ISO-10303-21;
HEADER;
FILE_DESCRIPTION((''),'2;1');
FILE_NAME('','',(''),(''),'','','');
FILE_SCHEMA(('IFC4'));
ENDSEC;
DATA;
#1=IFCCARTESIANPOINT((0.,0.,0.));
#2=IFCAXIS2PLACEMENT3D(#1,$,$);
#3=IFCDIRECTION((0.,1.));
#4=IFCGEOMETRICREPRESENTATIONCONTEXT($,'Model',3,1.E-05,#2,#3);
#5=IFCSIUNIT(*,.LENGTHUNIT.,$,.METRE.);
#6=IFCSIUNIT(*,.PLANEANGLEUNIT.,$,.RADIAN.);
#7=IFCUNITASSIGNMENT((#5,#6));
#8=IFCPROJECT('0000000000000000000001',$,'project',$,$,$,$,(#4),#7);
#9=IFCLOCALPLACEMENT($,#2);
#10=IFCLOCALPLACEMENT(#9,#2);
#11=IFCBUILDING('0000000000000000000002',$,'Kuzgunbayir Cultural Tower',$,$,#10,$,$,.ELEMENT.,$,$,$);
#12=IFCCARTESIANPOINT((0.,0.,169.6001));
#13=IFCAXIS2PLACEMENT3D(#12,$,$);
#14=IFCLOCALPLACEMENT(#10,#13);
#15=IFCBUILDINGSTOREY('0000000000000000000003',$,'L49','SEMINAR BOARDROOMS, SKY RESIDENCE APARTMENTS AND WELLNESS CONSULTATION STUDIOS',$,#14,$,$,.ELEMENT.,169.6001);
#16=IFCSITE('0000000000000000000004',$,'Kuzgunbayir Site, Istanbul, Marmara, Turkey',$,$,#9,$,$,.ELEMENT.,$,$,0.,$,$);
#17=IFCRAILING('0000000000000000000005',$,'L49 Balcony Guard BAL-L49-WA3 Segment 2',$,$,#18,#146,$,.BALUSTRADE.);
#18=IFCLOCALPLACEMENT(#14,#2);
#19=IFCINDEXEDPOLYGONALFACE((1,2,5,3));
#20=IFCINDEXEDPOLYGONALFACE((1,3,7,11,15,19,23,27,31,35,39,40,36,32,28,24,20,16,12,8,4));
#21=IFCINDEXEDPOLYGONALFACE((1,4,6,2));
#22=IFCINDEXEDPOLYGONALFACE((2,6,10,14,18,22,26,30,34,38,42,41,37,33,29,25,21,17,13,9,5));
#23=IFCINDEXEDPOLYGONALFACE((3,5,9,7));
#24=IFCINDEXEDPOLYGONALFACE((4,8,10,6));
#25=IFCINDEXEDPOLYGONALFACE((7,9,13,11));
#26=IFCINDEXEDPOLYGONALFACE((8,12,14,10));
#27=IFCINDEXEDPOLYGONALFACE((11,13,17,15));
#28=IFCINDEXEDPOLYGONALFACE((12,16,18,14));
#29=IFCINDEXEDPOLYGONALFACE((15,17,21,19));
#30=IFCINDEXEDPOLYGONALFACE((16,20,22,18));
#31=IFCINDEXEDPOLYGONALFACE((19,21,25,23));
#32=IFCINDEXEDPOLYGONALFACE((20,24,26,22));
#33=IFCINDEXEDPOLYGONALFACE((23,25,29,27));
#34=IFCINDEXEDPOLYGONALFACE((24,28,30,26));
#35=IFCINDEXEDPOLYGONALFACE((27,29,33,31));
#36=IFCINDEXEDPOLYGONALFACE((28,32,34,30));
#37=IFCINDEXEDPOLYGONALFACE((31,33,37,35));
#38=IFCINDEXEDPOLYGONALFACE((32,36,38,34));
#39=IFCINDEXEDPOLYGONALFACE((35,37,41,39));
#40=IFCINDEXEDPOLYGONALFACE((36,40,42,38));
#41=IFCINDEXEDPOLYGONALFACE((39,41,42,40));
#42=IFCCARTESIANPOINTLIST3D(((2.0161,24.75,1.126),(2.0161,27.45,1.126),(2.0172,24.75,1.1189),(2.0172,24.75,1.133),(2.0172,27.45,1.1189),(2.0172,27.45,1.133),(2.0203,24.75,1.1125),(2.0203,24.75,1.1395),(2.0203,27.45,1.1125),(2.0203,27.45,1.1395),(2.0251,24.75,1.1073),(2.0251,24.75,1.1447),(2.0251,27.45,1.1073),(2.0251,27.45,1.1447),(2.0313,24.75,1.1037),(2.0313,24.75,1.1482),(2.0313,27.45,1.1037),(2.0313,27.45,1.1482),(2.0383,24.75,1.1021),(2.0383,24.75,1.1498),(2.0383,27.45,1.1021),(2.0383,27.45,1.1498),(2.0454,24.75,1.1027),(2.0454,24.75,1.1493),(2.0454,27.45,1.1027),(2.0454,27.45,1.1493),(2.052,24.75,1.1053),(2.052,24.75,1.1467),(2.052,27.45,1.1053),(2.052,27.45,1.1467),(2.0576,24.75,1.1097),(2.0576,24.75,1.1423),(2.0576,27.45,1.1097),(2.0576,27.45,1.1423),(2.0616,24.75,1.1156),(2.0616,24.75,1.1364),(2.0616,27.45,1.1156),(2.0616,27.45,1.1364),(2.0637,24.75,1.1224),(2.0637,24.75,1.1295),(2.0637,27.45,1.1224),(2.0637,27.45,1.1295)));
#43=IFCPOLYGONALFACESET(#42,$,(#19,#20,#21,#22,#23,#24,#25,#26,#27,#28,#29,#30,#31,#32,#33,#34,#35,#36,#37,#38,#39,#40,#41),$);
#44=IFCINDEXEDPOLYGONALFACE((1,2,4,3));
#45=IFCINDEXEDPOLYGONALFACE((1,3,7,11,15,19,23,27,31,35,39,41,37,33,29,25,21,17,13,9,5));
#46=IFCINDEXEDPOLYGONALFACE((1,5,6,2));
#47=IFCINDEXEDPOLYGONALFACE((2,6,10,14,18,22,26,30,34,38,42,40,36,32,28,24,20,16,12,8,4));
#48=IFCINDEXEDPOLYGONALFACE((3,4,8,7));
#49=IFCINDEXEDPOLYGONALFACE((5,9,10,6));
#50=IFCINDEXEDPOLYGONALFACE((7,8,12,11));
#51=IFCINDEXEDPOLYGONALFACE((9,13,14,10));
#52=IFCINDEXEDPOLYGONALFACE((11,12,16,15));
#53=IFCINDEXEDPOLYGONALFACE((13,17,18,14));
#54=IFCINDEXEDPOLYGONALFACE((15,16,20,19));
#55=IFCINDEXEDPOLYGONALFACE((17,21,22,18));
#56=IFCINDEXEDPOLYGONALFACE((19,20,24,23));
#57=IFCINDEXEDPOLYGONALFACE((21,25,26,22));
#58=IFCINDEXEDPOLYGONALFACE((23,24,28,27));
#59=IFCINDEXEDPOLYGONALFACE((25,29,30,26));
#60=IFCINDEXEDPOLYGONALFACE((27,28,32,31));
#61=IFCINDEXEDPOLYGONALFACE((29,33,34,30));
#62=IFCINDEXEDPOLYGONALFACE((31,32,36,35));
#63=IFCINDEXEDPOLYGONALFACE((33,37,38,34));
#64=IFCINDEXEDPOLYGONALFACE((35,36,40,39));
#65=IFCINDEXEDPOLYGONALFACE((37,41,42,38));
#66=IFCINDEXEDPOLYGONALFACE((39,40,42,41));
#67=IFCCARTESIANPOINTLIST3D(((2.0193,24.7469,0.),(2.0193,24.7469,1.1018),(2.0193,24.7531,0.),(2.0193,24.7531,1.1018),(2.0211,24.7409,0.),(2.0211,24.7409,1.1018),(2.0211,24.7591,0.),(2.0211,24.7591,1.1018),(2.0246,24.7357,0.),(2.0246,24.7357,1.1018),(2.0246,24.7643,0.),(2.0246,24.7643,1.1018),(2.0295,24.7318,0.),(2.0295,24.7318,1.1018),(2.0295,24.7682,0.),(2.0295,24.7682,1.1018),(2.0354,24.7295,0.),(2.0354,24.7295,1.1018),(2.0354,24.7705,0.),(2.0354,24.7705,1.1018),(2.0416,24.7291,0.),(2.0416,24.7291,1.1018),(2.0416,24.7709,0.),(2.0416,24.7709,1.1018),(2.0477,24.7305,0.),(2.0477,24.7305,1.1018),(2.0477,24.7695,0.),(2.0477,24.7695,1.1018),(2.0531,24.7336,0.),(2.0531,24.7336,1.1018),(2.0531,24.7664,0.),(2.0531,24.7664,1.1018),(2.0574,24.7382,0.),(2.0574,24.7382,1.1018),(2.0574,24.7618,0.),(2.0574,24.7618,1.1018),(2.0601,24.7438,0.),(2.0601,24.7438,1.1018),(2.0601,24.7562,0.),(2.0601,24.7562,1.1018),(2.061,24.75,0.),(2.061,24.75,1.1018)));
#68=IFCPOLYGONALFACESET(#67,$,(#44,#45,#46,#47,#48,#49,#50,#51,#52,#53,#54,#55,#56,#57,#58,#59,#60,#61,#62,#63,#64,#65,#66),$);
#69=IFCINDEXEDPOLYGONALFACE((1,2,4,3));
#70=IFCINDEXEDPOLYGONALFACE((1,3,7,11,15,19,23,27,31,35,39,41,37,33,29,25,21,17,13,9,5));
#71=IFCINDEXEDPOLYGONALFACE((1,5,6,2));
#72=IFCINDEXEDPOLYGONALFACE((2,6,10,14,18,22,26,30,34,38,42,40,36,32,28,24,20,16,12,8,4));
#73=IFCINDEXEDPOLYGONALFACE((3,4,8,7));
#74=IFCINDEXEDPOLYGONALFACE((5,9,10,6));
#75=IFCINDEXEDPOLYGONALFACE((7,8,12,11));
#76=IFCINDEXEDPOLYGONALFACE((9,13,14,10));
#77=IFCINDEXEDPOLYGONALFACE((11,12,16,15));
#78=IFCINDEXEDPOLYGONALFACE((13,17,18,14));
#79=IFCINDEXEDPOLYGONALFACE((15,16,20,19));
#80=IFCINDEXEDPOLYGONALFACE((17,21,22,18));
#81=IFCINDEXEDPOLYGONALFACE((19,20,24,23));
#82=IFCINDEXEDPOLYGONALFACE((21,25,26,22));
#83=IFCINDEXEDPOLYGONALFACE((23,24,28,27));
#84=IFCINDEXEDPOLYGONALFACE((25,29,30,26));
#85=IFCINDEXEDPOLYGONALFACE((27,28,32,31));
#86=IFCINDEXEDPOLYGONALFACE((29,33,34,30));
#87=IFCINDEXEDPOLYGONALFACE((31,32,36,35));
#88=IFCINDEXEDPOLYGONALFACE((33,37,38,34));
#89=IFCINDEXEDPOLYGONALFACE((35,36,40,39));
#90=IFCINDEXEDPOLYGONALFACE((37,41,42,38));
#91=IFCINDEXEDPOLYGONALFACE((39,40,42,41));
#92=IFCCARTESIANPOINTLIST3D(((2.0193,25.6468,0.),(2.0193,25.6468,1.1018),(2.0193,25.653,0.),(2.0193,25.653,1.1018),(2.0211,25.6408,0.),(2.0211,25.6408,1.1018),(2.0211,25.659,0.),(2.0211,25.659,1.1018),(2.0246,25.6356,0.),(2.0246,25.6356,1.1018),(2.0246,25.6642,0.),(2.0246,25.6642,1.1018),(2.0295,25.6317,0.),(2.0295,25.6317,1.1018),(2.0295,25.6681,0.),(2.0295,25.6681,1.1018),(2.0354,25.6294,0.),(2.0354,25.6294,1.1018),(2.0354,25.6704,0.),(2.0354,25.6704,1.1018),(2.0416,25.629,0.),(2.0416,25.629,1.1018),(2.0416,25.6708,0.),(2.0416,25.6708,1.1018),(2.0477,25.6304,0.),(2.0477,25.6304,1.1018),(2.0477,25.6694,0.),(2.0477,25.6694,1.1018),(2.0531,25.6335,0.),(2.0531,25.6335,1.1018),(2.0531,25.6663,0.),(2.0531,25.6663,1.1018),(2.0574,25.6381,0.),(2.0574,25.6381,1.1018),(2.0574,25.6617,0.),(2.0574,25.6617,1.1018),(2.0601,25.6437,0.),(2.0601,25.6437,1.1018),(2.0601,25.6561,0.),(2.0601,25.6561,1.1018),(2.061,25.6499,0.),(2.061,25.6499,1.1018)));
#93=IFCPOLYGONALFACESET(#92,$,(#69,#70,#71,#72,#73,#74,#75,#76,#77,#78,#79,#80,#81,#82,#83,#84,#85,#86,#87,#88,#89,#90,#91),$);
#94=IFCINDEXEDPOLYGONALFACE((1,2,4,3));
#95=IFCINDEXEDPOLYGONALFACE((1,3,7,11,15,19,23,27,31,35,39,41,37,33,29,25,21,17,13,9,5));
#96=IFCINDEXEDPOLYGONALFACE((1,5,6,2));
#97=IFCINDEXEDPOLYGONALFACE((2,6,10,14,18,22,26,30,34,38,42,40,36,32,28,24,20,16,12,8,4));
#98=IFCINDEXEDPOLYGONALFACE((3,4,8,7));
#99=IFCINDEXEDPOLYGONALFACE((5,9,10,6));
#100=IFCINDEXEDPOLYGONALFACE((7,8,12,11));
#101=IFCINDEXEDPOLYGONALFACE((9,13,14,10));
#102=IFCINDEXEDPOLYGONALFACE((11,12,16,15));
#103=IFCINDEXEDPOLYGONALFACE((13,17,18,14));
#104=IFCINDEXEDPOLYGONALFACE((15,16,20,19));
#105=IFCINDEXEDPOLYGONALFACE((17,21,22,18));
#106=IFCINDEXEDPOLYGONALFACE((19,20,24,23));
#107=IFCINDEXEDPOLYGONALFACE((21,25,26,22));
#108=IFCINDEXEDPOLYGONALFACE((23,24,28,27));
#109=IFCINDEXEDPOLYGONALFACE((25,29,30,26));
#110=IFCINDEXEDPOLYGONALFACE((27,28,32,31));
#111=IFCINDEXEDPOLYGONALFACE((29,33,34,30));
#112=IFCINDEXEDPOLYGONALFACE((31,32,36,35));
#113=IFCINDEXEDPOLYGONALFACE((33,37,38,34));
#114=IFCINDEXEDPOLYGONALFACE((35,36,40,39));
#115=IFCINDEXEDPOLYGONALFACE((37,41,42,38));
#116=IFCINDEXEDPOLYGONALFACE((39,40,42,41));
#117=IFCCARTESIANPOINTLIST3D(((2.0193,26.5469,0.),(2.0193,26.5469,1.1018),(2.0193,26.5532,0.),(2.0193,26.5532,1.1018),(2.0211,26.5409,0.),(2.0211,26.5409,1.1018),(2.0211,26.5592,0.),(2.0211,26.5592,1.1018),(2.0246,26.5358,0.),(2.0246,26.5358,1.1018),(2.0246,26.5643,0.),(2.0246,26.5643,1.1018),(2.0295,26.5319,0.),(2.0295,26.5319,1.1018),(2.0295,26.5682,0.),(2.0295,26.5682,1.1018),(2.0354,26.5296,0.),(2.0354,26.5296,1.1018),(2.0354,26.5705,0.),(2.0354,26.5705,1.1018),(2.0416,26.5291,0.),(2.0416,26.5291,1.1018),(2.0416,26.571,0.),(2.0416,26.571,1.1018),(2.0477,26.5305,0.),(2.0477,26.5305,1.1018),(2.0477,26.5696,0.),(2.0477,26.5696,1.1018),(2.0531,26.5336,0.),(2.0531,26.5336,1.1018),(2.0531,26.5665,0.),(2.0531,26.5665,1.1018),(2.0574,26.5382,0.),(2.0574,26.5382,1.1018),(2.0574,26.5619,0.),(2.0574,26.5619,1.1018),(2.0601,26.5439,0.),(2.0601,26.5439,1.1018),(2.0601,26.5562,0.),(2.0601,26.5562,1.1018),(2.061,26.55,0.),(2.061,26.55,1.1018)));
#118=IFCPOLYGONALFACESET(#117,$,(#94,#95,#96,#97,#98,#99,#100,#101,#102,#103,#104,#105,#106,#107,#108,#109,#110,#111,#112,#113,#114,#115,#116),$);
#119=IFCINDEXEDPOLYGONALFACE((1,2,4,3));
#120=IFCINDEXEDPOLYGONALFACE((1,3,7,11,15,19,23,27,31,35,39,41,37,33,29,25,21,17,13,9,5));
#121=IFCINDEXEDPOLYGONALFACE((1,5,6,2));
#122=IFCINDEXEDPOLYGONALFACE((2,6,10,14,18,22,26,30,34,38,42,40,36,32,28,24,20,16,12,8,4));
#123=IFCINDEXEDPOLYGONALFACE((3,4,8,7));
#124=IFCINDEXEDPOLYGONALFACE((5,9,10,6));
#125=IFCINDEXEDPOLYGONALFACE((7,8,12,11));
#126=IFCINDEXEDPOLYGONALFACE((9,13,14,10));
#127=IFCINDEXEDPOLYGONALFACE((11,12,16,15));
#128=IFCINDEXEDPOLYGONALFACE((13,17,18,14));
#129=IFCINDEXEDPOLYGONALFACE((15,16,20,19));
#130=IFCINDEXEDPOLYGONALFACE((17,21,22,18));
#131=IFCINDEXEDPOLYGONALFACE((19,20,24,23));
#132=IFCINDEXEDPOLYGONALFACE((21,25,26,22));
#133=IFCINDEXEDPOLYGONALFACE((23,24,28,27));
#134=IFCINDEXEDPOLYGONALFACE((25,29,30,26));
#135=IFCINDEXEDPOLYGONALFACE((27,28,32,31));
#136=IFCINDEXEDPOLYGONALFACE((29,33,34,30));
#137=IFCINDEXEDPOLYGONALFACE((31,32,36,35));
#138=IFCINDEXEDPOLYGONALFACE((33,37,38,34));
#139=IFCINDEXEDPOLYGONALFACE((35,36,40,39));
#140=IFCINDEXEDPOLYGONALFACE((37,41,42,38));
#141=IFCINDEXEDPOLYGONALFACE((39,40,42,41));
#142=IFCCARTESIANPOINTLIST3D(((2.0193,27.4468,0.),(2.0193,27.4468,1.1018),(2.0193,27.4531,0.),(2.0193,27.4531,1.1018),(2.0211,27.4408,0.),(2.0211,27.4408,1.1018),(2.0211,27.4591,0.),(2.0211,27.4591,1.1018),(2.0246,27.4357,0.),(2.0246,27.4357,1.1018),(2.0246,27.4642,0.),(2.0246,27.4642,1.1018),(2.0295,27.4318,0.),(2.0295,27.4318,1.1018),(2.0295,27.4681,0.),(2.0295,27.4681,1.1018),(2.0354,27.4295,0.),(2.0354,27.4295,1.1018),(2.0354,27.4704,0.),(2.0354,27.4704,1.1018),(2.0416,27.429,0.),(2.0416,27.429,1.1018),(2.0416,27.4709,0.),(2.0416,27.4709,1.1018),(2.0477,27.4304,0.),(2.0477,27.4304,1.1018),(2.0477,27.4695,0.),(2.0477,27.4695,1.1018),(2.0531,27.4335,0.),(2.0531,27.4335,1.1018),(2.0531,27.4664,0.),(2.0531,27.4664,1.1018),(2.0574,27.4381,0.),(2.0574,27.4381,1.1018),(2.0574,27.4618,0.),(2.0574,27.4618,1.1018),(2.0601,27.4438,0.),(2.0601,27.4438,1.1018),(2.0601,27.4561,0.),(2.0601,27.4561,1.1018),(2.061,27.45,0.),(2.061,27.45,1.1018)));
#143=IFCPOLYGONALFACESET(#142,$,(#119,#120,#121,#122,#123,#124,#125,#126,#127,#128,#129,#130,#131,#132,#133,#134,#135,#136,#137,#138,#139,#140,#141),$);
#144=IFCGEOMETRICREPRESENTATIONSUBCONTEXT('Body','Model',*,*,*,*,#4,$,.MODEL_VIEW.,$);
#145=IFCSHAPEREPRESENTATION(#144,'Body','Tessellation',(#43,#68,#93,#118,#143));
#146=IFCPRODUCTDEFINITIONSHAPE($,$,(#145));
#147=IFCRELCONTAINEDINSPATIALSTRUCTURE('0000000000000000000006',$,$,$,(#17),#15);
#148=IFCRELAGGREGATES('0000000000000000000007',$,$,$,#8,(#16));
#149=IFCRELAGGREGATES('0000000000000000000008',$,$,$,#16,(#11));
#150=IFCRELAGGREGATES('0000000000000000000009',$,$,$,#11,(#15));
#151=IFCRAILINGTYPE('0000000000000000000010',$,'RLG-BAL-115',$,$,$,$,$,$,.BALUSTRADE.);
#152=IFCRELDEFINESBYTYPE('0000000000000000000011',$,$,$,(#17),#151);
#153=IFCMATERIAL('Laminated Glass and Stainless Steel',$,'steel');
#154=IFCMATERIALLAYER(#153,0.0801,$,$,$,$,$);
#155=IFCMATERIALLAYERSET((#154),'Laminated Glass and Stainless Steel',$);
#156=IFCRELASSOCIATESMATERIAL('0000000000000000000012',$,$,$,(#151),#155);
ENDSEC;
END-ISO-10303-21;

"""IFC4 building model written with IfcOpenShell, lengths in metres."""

from ifc_helpers import new_model, si_unit, direction, frame, origin, origin_2d, place, context, subcontext, project, spatial, circle, extrude, material, layer, layer_set, type_object, element, save


model = new_model("IFC4")

# Units and contexts
model_context = context("Model", 3, precision=1e-05, world=origin(), true_north=direction((0.0, 1.0)))
body_context = subcontext(model_context, "Body", "Model", "MODEL_VIEW")
ifc_project = project(units=[si_unit("LENGTHUNIT", "METRE"), si_unit("PLANEANGLEUNIT", "RADIAN")], contexts=[model_context])

# Site, building, storey
site_placement = place(None, origin())
site = spatial("IfcSite", under=ifc_project, at=site_placement, Name="Kuzgunbayir Site, Istanbul, Marmara, Turkey", CompositionType="ELEMENT", RefElevation=0.0)
building_placement = place(site_placement, origin())
building = spatial("IfcBuilding", under=site, at=building_placement, Name="Kuzgunbayir Cultural Tower", CompositionType="ELEMENT")
storey_placement = place(building_placement, frame((0.0, 0.0, 169.6001)))
storey = spatial("IfcBuildingStorey", under=building, at=storey_placement, Name="L49", Description="SEMINAR BOARDROOMS, SKY RESIDENCE APARTMENTS AND WELLNESS CONSULTATION STUDIOS", CompositionType="ELEMENT", Elevation=169.6001)

# Railing
ifc_material_1 = material(Name="Laminated Glass and Stainless Steel", Category="steel")
ifc_layer_1 = layer(ifc_material_1, 0.0801)
ifc_layer_set_1 = layer_set([ifc_layer_1], Name="Laminated Glass and Stainless Steel")
railing_type = type_object("IfcRailingType", Name="RLG-BAL-115", PredefinedType="BALUSTRADE", material=ifc_layer_set_1)
railing_1_placement = place(storey_placement, frame((2.04, 24.75, 0.0)))
element("IfcRailing", 1, at=railing_1_placement, inside=storey, type_object=railing_type, Name="L49 Balcony Guard BAL-L49-WA3 Segment 2", PredefinedType="BALUSTRADE", context=body_context, shape_type="SweptSolid", body=[
    extrude(circle(Radius=0.0239, at=origin_2d()), frame((0.0, 0.0, 1.126), z_axis=(0.0, 1.0, 0.0), x_axis=(-1.0, 0.0, 0.0)), (0.0, 0.0, 1.0), 2.7),
    extrude(circle(Radius=0.021, at=origin_2d()), origin(), (0.0, 0.0, 1.0), 1.1018),
    extrude(circle(Radius=0.021, at=origin_2d()), frame((0.0, 0.8999, 0.0)), (0.0, 0.0, 1.0), 1.1018),
    extrude(circle(Radius=0.021, at=origin_2d()), frame((0.0, 1.8, 0.0)), (0.0, 0.0, 1.0), 1.1018),
    extrude(circle(Radius=0.021, at=origin_2d()), frame((0.0, 2.7, 0.0)), (0.0, 0.0, 1.0), 1.1018),
])

save(model, "model.ifc")
